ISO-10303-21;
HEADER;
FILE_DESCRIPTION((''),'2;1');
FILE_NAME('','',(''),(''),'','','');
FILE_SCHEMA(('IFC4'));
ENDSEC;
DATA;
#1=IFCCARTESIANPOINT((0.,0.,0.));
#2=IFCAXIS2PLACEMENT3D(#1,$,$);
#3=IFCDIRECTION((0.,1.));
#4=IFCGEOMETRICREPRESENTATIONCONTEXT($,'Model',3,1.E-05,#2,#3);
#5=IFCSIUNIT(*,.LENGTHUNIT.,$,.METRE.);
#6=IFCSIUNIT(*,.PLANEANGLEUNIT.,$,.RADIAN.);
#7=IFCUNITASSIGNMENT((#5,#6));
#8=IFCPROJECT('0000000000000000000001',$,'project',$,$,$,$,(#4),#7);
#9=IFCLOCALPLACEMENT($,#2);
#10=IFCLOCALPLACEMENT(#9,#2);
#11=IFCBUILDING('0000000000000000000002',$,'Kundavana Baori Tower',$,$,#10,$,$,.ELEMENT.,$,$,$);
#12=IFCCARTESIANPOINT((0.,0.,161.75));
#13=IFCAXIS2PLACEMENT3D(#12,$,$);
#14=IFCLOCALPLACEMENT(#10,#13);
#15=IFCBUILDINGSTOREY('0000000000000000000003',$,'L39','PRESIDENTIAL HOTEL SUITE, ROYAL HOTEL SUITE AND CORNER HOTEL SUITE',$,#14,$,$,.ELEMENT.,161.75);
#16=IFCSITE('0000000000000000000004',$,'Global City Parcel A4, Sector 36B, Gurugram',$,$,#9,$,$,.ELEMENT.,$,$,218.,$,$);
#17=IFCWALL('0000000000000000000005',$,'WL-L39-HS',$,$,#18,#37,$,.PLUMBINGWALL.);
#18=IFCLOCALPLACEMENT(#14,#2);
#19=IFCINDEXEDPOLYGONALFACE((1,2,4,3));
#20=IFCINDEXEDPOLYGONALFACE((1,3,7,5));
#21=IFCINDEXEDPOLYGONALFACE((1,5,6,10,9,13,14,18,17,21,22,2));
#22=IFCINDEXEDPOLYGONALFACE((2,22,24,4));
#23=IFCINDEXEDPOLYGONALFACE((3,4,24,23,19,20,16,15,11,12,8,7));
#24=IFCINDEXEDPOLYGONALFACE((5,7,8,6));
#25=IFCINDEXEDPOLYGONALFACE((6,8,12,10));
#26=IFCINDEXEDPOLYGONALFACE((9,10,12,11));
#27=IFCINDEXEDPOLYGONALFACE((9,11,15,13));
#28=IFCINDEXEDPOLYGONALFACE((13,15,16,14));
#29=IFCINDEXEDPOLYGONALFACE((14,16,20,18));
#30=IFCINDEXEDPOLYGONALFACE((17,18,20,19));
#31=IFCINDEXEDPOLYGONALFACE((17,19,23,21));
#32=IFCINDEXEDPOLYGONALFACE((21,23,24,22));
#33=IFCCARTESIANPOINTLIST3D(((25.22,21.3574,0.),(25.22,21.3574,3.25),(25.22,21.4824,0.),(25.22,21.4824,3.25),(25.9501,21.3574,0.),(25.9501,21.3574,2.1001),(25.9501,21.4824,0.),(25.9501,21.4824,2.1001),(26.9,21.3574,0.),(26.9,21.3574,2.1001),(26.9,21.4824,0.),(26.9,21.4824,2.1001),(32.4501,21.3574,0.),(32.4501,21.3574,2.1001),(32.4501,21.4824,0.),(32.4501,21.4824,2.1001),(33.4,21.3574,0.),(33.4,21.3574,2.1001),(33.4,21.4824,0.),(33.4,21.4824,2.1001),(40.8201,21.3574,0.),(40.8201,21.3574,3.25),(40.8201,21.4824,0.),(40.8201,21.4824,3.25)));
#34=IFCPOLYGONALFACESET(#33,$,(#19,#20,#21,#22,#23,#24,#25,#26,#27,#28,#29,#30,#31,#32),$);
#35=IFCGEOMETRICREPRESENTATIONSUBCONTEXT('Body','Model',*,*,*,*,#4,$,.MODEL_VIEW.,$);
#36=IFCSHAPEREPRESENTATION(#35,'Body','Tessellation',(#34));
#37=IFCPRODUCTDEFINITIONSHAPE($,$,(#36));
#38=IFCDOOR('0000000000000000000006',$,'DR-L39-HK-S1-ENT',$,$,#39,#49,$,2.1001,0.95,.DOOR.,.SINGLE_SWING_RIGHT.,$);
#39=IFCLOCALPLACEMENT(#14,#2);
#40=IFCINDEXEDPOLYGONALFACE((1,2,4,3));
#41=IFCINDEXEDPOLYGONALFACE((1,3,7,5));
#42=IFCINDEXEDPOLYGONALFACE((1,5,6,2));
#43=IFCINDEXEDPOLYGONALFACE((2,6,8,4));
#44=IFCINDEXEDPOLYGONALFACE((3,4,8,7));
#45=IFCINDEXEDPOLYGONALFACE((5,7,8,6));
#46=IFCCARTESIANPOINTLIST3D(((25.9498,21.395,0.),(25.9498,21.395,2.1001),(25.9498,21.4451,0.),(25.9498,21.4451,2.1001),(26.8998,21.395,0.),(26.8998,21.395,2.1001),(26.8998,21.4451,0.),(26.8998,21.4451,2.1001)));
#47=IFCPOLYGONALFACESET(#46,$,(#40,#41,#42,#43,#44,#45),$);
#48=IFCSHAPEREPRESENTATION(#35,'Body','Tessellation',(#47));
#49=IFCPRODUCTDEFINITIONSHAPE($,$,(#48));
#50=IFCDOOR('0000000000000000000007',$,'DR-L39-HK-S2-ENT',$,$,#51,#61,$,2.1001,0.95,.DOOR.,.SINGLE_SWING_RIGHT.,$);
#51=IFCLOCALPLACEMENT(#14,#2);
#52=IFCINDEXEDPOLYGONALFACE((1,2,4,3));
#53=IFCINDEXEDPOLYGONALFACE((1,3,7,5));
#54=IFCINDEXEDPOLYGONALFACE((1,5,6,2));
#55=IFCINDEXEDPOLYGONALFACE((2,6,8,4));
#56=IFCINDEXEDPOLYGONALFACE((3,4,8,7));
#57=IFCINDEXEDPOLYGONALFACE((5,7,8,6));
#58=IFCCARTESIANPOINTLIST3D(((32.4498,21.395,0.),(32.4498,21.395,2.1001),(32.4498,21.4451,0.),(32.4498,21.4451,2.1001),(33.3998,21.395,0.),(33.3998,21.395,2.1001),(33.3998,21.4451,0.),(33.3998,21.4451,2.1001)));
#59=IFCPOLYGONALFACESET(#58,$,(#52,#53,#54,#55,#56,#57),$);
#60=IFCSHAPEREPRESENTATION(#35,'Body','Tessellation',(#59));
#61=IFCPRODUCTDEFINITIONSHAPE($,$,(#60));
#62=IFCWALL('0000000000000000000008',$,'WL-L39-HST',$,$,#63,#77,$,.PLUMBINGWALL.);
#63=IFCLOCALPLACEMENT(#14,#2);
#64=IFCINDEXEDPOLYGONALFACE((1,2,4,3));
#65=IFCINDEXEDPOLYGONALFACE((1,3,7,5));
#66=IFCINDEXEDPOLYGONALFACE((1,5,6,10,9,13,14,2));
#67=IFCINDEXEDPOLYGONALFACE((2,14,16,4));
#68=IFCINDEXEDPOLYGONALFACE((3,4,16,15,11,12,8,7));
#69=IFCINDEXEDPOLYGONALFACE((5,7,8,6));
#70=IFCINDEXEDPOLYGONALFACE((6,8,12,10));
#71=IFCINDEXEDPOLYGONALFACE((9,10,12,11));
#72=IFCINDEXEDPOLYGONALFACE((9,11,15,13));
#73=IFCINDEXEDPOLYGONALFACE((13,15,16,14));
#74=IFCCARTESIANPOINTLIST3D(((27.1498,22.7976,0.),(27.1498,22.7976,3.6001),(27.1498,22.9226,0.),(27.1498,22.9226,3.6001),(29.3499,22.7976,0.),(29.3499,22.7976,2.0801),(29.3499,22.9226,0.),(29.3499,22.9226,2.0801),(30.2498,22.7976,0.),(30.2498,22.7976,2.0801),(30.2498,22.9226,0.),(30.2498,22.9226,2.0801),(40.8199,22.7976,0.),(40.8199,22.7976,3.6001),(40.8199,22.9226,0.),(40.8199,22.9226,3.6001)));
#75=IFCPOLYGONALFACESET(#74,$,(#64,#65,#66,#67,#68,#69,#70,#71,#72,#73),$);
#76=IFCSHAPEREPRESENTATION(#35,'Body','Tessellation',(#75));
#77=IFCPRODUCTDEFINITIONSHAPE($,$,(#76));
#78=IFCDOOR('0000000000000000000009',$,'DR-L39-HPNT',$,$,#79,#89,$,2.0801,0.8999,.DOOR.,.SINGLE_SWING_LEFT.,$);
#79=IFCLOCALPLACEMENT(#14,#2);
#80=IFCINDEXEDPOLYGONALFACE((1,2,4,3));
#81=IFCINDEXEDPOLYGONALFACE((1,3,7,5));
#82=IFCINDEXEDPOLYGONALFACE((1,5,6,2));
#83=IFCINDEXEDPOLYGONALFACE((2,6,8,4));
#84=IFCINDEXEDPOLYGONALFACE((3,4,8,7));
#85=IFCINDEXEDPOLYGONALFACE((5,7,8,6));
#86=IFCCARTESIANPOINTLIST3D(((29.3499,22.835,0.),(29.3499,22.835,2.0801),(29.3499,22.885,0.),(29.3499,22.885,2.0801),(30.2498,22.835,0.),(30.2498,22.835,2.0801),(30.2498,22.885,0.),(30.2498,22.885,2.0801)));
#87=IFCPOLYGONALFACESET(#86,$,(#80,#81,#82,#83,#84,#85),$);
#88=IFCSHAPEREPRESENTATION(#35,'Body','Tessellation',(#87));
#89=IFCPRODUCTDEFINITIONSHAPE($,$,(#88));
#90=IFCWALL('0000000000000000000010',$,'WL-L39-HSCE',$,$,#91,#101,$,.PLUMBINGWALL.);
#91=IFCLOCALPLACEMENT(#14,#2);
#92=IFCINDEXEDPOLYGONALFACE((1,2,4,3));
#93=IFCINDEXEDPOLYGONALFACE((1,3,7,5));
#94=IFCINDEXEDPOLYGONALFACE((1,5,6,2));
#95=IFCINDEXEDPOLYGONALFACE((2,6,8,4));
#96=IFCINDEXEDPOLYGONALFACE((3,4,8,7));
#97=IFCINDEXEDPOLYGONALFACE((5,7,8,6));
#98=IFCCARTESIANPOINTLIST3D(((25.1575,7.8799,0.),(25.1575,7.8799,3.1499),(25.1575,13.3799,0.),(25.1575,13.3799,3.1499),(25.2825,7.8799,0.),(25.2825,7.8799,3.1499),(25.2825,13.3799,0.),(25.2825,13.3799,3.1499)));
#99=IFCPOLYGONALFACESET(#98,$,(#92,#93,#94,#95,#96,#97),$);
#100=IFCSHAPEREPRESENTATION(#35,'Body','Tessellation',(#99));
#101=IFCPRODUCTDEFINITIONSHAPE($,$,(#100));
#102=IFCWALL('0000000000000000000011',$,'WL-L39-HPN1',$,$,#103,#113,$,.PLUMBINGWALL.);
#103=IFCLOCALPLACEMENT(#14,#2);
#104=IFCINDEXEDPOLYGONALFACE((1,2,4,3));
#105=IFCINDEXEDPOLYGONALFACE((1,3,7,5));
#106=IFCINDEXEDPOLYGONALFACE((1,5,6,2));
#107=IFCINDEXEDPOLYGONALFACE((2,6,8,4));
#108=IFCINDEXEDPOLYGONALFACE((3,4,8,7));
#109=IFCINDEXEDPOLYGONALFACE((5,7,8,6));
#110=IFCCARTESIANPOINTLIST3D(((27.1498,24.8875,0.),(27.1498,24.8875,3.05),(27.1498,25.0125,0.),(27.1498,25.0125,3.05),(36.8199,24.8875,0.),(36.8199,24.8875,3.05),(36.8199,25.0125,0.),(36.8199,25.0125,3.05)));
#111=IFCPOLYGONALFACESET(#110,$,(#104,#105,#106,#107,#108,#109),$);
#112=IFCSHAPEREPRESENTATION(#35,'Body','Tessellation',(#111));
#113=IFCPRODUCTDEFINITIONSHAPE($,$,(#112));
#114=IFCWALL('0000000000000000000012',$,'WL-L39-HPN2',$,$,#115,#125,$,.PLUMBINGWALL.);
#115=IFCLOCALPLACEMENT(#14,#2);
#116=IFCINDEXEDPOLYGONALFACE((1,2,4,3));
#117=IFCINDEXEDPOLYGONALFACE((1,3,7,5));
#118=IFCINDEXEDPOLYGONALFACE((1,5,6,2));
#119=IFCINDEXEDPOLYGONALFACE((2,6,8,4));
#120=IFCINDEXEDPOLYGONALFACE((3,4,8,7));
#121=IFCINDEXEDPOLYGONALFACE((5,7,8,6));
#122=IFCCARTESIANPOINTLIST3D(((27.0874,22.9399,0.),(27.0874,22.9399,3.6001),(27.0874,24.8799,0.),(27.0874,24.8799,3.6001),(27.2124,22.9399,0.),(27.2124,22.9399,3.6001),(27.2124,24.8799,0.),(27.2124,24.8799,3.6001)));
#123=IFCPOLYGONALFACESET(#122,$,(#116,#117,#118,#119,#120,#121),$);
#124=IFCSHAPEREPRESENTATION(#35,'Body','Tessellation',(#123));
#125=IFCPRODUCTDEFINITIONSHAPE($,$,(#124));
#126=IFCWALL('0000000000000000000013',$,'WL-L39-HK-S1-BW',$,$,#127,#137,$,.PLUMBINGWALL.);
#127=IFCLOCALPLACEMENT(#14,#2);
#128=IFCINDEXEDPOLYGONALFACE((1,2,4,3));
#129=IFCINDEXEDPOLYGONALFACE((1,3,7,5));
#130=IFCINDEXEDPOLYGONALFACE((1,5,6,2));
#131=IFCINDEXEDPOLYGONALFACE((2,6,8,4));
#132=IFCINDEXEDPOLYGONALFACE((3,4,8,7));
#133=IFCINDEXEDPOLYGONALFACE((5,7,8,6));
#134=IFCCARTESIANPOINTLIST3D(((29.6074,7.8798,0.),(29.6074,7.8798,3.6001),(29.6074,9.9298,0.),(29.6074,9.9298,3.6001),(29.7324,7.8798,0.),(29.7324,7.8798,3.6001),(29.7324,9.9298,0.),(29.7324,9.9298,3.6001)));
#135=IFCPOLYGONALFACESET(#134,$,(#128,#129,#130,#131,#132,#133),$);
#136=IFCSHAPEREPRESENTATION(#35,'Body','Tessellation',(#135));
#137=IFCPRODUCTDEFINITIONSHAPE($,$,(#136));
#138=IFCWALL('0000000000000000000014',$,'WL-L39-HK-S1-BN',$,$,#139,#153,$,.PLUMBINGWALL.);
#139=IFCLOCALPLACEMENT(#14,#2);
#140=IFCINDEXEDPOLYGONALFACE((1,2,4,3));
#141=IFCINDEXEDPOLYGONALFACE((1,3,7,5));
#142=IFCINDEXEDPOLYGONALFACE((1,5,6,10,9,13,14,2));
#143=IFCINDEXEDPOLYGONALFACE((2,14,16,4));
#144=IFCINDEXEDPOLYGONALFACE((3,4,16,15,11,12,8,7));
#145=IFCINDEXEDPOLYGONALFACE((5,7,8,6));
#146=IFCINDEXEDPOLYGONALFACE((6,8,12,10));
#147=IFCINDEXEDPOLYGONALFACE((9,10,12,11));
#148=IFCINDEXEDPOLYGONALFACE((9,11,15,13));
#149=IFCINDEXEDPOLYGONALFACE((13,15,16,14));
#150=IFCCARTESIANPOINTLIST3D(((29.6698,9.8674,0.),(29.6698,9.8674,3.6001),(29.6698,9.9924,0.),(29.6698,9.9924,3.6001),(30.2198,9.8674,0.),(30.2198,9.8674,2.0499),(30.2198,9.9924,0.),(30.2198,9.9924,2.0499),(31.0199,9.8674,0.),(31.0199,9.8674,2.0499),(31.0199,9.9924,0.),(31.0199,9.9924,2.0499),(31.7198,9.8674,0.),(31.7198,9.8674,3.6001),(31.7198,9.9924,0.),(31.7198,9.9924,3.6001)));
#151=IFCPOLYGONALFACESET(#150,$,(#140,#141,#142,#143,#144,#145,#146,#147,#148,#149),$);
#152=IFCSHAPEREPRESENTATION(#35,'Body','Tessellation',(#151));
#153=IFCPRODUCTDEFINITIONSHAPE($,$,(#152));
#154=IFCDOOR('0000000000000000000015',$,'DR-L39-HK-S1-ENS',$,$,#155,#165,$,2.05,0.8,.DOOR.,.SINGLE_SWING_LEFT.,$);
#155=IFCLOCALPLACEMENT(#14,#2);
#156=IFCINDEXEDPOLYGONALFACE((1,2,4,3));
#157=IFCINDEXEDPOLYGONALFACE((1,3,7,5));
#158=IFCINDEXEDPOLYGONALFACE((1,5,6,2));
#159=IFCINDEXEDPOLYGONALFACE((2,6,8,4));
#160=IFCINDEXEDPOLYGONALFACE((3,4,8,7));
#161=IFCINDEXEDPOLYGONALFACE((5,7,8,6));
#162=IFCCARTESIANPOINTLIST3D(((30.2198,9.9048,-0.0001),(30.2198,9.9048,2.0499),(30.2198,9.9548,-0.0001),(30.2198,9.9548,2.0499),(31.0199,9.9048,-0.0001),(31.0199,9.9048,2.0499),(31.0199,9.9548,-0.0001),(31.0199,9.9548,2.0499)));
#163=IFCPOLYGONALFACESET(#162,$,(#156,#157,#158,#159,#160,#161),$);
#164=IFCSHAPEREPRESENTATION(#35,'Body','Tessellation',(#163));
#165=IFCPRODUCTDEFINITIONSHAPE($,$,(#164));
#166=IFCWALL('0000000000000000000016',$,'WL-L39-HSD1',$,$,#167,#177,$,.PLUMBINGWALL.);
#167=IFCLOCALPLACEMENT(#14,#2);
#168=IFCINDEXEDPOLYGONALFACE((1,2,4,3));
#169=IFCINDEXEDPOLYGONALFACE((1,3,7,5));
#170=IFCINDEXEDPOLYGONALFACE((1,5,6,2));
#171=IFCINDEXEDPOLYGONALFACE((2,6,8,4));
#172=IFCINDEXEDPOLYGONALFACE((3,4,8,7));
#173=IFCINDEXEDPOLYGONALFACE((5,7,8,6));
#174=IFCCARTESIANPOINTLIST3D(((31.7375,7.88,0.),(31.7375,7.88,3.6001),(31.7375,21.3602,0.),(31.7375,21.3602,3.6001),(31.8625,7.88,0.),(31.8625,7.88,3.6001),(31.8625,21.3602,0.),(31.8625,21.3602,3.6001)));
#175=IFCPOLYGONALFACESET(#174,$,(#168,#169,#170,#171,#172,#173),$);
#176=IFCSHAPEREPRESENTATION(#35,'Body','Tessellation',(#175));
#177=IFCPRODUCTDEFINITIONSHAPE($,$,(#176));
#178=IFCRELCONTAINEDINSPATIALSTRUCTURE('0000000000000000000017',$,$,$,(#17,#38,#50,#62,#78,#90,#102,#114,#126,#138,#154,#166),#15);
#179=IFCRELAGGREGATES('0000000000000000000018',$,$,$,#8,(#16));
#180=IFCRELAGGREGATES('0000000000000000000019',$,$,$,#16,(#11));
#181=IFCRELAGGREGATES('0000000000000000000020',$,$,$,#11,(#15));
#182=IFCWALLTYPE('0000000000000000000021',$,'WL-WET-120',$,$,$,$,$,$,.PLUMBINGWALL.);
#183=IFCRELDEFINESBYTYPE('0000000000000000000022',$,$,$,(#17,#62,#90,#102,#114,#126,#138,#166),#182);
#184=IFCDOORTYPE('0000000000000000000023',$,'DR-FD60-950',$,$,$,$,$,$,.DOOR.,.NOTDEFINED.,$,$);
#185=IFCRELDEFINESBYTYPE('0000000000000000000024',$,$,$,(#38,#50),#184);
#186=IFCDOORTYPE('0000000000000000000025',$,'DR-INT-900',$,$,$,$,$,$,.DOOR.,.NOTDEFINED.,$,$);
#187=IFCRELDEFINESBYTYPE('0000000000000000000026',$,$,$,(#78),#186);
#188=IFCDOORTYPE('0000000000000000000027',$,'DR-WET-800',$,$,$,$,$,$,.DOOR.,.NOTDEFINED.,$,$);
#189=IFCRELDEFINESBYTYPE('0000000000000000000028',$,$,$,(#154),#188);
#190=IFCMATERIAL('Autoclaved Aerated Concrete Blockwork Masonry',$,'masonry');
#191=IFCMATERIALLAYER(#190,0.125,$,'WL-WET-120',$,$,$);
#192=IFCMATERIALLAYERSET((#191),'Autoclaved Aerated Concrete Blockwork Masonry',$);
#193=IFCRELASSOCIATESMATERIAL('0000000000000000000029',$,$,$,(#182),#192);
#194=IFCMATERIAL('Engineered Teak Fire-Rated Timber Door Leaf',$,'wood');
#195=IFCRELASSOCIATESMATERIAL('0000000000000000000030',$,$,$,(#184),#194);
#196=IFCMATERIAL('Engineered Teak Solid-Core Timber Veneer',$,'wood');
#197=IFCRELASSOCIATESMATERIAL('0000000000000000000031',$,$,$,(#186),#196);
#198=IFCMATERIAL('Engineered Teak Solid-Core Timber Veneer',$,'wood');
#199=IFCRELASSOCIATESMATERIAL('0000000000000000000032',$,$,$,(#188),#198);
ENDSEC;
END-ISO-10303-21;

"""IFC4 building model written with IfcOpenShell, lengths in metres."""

from ifc_helpers import new_model, si_unit, direction, frame, frame_2d, origin, place, context, subcontext, project, spatial, rectangle, extrude, material, layer, layer_set, type_object, element, fill, save


model = new_model("IFC4")

# Units and contexts
model_context = context("Model", 3, precision=1e-05, world=origin(), true_north=direction((0.0, 1.0)))
body_context = subcontext(model_context, "Body", "Model", "MODEL_VIEW")
ifc_project = project(units=[si_unit("LENGTHUNIT", "METRE"), si_unit("PLANEANGLEUNIT", "RADIAN")], contexts=[model_context])

# Site, building, storey
site_placement = place(None, origin())
site = spatial("IfcSite", under=ifc_project, at=site_placement, Name="Global City Parcel A4, Sector 36B, Gurugram", CompositionType="ELEMENT", RefElevation=218.0)
building_placement = place(site_placement, origin())
building = spatial("IfcBuilding", under=site, at=building_placement, Name="Kundavana Baori Tower", CompositionType="ELEMENT")
storey_placement = place(building_placement, frame((0.0, 0.0, 161.75)))
storey = spatial("IfcBuildingStorey", under=building, at=storey_placement, Name="L39", Description="PRESIDENTIAL HOTEL SUITE, ROYAL HOTEL SUITE AND CORNER HOTEL SUITE", CompositionType="ELEMENT", Elevation=161.75)

# Wall, openings, doors
ifc_material_1 = material(Name="Autoclaved Aerated Concrete Blockwork Masonry", Category="masonry")
ifc_layer = layer(ifc_material_1, 0.125, Name="WL-WET-120")
ifc_layer_set = layer_set([ifc_layer], Name="Autoclaved Aerated Concrete Blockwork Masonry")
wall_type = type_object("IfcWallType", Name="WL-WET-120", PredefinedType="PLUMBINGWALL", material=ifc_layer_set)
wall_1_placement = place(storey_placement, frame((25.22, 21.4199, 0.0), z_axis=(0.0, 0.0, 1.0), x_axis=(1.0, 0.0, 0.0)))
wall_1 = element("IfcWall", 1, at=wall_1_placement, inside=storey, type_object=wall_type, Name="WL-L39-HS", PredefinedType="PLUMBINGWALL", context=body_context, shape_type="SweptSolid", body=[
    extrude(rectangle(XDim=15.6001, YDim=0.125, at=frame_2d((7.8, 0.0))), origin(), (0.0, 0.0, 1.0), 3.25),
])
opening_1_placement = place(wall_1_placement, frame((0.73, 0.0, 0.0)))
opening_1 = element("IfcOpeningElement", 2, at=opening_1_placement, cuts=wall_1, PredefinedType="OPENING", context=body_context, shape_type="SweptSolid", body=[
    extrude(rectangle(XDim=0.95, YDim=2.1001, at=frame_2d((0.4751, 1.05))), frame((0.0, 0.0725, 0.0), z_axis=(0.0, -1.0, 0.0), x_axis=(1.0, 0.0, 0.0)), (0.0, 0.0, 1.0), 0.145),
])
opening_2_placement = place(wall_1_placement, frame((7.23, 0.0, 0.0)))
opening_2 = element("IfcOpeningElement", 3, at=opening_2_placement, cuts=wall_1, PredefinedType="OPENING", context=body_context, shape_type="SweptSolid", body=[
    extrude(rectangle(XDim=0.95, YDim=2.1001, at=frame_2d((0.4751, 1.05))), frame((0.0, 0.0725, 0.0), z_axis=(0.0, -1.0, 0.0), x_axis=(1.0, 0.0, 0.0)), (0.0, 0.0, 1.0), 0.145),
])
ifc_material_2 = material(Name="Engineered Teak Fire-Rated Timber Door Leaf", Category="wood")
door_type_1 = type_object("IfcDoorType", Name="DR-FD60-950", OperationType="NOTDEFINED", PredefinedType="DOOR", material=ifc_material_2)
door_1_placement = place(opening_1_placement, frame((0.95, 0.0, 0.0), z_axis=(0.0, 0.0, 1.0), x_axis=(-1.0, 0.0, 0.0)))
door_1 = element("IfcDoor", 4, at=door_1_placement, inside=storey, type_object=door_type_1, Name="DR-L39-HK-S1-ENT", OperationType="SINGLE_SWING_RIGHT", OverallHeight=2.1001, OverallWidth=0.95, PredefinedType="DOOR", context=body_context, shape_type="SweptSolid", body=[
    extrude(rectangle(XDim=0.95, YDim=2.1001, at=frame_2d((0.4751, 1.05))), frame((0.0, 0.0249, 0.0), z_axis=(0.0, -1.0, 0.0), x_axis=(1.0, 0.0, 0.0)), (0.0, 0.0, 1.0), 0.05),
])
fill(opening_1, door_1)
door_2_placement = place(opening_2_placement, frame((0.95, 0.0, 0.0), z_axis=(0.0, 0.0, 1.0), x_axis=(-1.0, 0.0, 0.0)))
door_2 = element("IfcDoor", 5, at=door_2_placement, inside=storey, type_object=door_type_1, Name="DR-L39-HK-S2-ENT", OperationType="SINGLE_SWING_RIGHT", OverallHeight=2.1001, OverallWidth=0.95, PredefinedType="DOOR", context=body_context, shape_type="SweptSolid", body=[
    extrude(rectangle(XDim=0.95, YDim=2.1001, at=frame_2d((0.4751, 1.05))), frame((0.0, 0.0249, 0.0), z_axis=(0.0, -1.0, 0.0), x_axis=(1.0, 0.0, 0.0)), (0.0, 0.0, 1.0), 0.05),
])
fill(opening_2, door_2)

# Wall, opening, door
wall_2_placement = place(storey_placement, frame((27.1499, 22.8601, 0.0), z_axis=(0.0, 0.0, 1.0), x_axis=(1.0, 0.0, 0.0)))
wall_2 = element("IfcWall", 6, at=wall_2_placement, inside=storey, type_object=wall_type, Name="WL-L39-HST", PredefinedType="PLUMBINGWALL", context=body_context, shape_type="SweptSolid", body=[
    extrude(rectangle(XDim=13.6702, YDim=0.125, at=frame_2d((6.835, 0.0))), origin(), (0.0, 0.0, 1.0), 3.6001),
])
opening_3_placement = place(wall_2_placement, frame((2.2, 0.0, 0.0)))
opening_3 = element("IfcOpeningElement", 7, at=opening_3_placement, cuts=wall_2, PredefinedType="OPENING", context=body_context, shape_type="SweptSolid", body=[
    extrude(rectangle(XDim=0.8999, YDim=2.0801, at=frame_2d((0.45, 1.04))), frame((0.0, 0.0725, 0.0), z_axis=(0.0, -1.0, 0.0), x_axis=(1.0, 0.0, 0.0)), (0.0, 0.0, 1.0), 0.145),
])
ifc_material_3 = material(Name="Engineered Teak Solid-Core Timber Veneer", Category="wood")
door_type_2 = type_object("IfcDoorType", Name="DR-INT-900", OperationType="NOTDEFINED", PredefinedType="DOOR", material=ifc_material_3)
door_3_placement = place(opening_3_placement, origin())
door_3 = element("IfcDoor", 8, at=door_3_placement, inside=storey, type_object=door_type_2, Name="DR-L39-HPNT", OperationType="SINGLE_SWING_LEFT", OverallHeight=2.0801, OverallWidth=0.8999, PredefinedType="DOOR", context=body_context, shape_type="SweptSolid", body=[
    extrude(rectangle(XDim=0.8999, YDim=2.0801, at=frame_2d((0.45, 1.04))), frame((0.0, 0.0249, 0.0), z_axis=(0.0, -1.0, 0.0), x_axis=(1.0, 0.0, 0.0)), (0.0, 0.0, 1.0), 0.05),
])
fill(opening_3, door_3)

# Walls
wall_3_placement = place(storey_placement, frame((25.22, 7.8799, 0.0), z_axis=(0.0, 0.0, 1.0), x_axis=(0.0, 1.0, 0.0)))
element("IfcWall", 9, at=wall_3_placement, inside=storey, type_object=wall_type, Name="WL-L39-HSCE", PredefinedType="PLUMBINGWALL", context=body_context, shape_type="SweptSolid", body=[
    extrude(rectangle(XDim=5.5, YDim=0.125, at=frame_2d((2.75, 0.0))), origin(), (0.0, 0.0, 1.0), 3.1499),
])
wall_4_placement = place(storey_placement, frame((27.1499, 24.95, 0.0), z_axis=(0.0, 0.0, 1.0), x_axis=(1.0, 0.0, 0.0)))
element("IfcWall", 10, at=wall_4_placement, inside=storey, type_object=wall_type, Name="WL-L39-HPN1", PredefinedType="PLUMBINGWALL", context=body_context, shape_type="SweptSolid", body=[
    extrude(rectangle(XDim=9.6702, YDim=0.125, at=frame_2d((4.835, 0.0))), origin(), (0.0, 0.0, 1.0), 3.05),
])
wall_5_placement = place(storey_placement, frame((27.1499, 22.9399, 0.0), z_axis=(0.0, 0.0, 1.0), x_axis=(0.0, 1.0, 0.0)))
element("IfcWall", 11, at=wall_5_placement, inside=storey, type_object=wall_type, Name="WL-L39-HPN2", PredefinedType="PLUMBINGWALL", context=body_context, shape_type="SweptSolid", body=[
    extrude(rectangle(XDim=1.9399, YDim=0.125, at=frame_2d((0.97, 0.0))), origin(), (0.0, 0.0, 1.0), 3.6001),
])
wall_6_placement = place(storey_placement, frame((29.6699, 7.8799, 0.0), z_axis=(0.0, 0.0, 1.0), x_axis=(0.0, 1.0, 0.0)))
element("IfcWall", 12, at=wall_6_placement, inside=storey, type_object=wall_type, Name="WL-L39-HK-S1-BW", PredefinedType="PLUMBINGWALL", context=body_context, shape_type="SweptSolid", body=[
    extrude(rectangle(XDim=2.05, YDim=0.125, at=frame_2d((1.0249, 0.0))), origin(), (0.0, 0.0, 1.0), 3.6001),
])

# Wall, opening, door
wall_7_placement = place(storey_placement, frame((29.6699, 9.9299, 0.0), z_axis=(0.0, 0.0, 1.0), x_axis=(1.0, 0.0, 0.0)))
wall_7 = element("IfcWall", 13, at=wall_7_placement, inside=storey, type_object=wall_type, Name="WL-L39-HK-S1-BN", PredefinedType="PLUMBINGWALL", context=body_context, shape_type="SweptSolid", body=[
    extrude(rectangle(XDim=2.05, YDim=0.125, at=frame_2d((1.0249, 0.0))), origin(), (0.0, 0.0, 1.0), 3.6001),
])
opening_4_placement = place(wall_7_placement, frame((0.55, 0.0, 0.0)))
opening_4 = element("IfcOpeningElement", 14, at=opening_4_placement, cuts=wall_7, PredefinedType="OPENING", context=body_context, shape_type="SweptSolid", body=[
    extrude(rectangle(XDim=0.8, YDim=2.05, at=frame_2d((0.3999, 1.0249))), frame((0.0, 0.0725, 0.0), z_axis=(0.0, -1.0, 0.0), x_axis=(1.0, 0.0, 0.0)), (0.0, 0.0, 1.0), 0.145),
])
ifc_material_4 = material(Name="Engineered Teak Solid-Core Timber Veneer", Category="wood")
door_type_3 = type_object("IfcDoorType", Name="DR-WET-800", OperationType="NOTDEFINED", PredefinedType="DOOR", material=ifc_material_4)
door_4_placement = place(opening_4_placement, origin())
door_4 = element("IfcDoor", 15, at=door_4_placement, inside=storey, type_object=door_type_3, Name="DR-L39-HK-S1-ENS", OperationType="SINGLE_SWING_LEFT", OverallHeight=2.05, OverallWidth=0.8, PredefinedType="DOOR", context=body_context, shape_type="SweptSolid", body=[
    extrude(rectangle(XDim=0.8, YDim=2.05, at=frame_2d((0.3999, 1.0249))), frame((0.0, 0.0249, 0.0), z_axis=(0.0, -1.0, 0.0), x_axis=(1.0, 0.0, 0.0)), (0.0, 0.0, 1.0), 0.05),
])
fill(opening_4, door_4)

# Wall
wall_8_placement = place(storey_placement, frame((31.8, 7.8799, 0.0), z_axis=(0.0, 0.0, 1.0), x_axis=(0.0, 1.0, 0.0)))
element("IfcWall", 16, at=wall_8_placement, inside=storey, type_object=wall_type, Name="WL-L39-HSD1", PredefinedType="PLUMBINGWALL", context=body_context, shape_type="SweptSolid", body=[
    extrude(rectangle(XDim=13.4802, YDim=0.125, at=frame_2d((6.7402, 0.0))), origin(), (0.0, 0.0, 1.0), 3.6001),
])

save(model, "model.ifc")
